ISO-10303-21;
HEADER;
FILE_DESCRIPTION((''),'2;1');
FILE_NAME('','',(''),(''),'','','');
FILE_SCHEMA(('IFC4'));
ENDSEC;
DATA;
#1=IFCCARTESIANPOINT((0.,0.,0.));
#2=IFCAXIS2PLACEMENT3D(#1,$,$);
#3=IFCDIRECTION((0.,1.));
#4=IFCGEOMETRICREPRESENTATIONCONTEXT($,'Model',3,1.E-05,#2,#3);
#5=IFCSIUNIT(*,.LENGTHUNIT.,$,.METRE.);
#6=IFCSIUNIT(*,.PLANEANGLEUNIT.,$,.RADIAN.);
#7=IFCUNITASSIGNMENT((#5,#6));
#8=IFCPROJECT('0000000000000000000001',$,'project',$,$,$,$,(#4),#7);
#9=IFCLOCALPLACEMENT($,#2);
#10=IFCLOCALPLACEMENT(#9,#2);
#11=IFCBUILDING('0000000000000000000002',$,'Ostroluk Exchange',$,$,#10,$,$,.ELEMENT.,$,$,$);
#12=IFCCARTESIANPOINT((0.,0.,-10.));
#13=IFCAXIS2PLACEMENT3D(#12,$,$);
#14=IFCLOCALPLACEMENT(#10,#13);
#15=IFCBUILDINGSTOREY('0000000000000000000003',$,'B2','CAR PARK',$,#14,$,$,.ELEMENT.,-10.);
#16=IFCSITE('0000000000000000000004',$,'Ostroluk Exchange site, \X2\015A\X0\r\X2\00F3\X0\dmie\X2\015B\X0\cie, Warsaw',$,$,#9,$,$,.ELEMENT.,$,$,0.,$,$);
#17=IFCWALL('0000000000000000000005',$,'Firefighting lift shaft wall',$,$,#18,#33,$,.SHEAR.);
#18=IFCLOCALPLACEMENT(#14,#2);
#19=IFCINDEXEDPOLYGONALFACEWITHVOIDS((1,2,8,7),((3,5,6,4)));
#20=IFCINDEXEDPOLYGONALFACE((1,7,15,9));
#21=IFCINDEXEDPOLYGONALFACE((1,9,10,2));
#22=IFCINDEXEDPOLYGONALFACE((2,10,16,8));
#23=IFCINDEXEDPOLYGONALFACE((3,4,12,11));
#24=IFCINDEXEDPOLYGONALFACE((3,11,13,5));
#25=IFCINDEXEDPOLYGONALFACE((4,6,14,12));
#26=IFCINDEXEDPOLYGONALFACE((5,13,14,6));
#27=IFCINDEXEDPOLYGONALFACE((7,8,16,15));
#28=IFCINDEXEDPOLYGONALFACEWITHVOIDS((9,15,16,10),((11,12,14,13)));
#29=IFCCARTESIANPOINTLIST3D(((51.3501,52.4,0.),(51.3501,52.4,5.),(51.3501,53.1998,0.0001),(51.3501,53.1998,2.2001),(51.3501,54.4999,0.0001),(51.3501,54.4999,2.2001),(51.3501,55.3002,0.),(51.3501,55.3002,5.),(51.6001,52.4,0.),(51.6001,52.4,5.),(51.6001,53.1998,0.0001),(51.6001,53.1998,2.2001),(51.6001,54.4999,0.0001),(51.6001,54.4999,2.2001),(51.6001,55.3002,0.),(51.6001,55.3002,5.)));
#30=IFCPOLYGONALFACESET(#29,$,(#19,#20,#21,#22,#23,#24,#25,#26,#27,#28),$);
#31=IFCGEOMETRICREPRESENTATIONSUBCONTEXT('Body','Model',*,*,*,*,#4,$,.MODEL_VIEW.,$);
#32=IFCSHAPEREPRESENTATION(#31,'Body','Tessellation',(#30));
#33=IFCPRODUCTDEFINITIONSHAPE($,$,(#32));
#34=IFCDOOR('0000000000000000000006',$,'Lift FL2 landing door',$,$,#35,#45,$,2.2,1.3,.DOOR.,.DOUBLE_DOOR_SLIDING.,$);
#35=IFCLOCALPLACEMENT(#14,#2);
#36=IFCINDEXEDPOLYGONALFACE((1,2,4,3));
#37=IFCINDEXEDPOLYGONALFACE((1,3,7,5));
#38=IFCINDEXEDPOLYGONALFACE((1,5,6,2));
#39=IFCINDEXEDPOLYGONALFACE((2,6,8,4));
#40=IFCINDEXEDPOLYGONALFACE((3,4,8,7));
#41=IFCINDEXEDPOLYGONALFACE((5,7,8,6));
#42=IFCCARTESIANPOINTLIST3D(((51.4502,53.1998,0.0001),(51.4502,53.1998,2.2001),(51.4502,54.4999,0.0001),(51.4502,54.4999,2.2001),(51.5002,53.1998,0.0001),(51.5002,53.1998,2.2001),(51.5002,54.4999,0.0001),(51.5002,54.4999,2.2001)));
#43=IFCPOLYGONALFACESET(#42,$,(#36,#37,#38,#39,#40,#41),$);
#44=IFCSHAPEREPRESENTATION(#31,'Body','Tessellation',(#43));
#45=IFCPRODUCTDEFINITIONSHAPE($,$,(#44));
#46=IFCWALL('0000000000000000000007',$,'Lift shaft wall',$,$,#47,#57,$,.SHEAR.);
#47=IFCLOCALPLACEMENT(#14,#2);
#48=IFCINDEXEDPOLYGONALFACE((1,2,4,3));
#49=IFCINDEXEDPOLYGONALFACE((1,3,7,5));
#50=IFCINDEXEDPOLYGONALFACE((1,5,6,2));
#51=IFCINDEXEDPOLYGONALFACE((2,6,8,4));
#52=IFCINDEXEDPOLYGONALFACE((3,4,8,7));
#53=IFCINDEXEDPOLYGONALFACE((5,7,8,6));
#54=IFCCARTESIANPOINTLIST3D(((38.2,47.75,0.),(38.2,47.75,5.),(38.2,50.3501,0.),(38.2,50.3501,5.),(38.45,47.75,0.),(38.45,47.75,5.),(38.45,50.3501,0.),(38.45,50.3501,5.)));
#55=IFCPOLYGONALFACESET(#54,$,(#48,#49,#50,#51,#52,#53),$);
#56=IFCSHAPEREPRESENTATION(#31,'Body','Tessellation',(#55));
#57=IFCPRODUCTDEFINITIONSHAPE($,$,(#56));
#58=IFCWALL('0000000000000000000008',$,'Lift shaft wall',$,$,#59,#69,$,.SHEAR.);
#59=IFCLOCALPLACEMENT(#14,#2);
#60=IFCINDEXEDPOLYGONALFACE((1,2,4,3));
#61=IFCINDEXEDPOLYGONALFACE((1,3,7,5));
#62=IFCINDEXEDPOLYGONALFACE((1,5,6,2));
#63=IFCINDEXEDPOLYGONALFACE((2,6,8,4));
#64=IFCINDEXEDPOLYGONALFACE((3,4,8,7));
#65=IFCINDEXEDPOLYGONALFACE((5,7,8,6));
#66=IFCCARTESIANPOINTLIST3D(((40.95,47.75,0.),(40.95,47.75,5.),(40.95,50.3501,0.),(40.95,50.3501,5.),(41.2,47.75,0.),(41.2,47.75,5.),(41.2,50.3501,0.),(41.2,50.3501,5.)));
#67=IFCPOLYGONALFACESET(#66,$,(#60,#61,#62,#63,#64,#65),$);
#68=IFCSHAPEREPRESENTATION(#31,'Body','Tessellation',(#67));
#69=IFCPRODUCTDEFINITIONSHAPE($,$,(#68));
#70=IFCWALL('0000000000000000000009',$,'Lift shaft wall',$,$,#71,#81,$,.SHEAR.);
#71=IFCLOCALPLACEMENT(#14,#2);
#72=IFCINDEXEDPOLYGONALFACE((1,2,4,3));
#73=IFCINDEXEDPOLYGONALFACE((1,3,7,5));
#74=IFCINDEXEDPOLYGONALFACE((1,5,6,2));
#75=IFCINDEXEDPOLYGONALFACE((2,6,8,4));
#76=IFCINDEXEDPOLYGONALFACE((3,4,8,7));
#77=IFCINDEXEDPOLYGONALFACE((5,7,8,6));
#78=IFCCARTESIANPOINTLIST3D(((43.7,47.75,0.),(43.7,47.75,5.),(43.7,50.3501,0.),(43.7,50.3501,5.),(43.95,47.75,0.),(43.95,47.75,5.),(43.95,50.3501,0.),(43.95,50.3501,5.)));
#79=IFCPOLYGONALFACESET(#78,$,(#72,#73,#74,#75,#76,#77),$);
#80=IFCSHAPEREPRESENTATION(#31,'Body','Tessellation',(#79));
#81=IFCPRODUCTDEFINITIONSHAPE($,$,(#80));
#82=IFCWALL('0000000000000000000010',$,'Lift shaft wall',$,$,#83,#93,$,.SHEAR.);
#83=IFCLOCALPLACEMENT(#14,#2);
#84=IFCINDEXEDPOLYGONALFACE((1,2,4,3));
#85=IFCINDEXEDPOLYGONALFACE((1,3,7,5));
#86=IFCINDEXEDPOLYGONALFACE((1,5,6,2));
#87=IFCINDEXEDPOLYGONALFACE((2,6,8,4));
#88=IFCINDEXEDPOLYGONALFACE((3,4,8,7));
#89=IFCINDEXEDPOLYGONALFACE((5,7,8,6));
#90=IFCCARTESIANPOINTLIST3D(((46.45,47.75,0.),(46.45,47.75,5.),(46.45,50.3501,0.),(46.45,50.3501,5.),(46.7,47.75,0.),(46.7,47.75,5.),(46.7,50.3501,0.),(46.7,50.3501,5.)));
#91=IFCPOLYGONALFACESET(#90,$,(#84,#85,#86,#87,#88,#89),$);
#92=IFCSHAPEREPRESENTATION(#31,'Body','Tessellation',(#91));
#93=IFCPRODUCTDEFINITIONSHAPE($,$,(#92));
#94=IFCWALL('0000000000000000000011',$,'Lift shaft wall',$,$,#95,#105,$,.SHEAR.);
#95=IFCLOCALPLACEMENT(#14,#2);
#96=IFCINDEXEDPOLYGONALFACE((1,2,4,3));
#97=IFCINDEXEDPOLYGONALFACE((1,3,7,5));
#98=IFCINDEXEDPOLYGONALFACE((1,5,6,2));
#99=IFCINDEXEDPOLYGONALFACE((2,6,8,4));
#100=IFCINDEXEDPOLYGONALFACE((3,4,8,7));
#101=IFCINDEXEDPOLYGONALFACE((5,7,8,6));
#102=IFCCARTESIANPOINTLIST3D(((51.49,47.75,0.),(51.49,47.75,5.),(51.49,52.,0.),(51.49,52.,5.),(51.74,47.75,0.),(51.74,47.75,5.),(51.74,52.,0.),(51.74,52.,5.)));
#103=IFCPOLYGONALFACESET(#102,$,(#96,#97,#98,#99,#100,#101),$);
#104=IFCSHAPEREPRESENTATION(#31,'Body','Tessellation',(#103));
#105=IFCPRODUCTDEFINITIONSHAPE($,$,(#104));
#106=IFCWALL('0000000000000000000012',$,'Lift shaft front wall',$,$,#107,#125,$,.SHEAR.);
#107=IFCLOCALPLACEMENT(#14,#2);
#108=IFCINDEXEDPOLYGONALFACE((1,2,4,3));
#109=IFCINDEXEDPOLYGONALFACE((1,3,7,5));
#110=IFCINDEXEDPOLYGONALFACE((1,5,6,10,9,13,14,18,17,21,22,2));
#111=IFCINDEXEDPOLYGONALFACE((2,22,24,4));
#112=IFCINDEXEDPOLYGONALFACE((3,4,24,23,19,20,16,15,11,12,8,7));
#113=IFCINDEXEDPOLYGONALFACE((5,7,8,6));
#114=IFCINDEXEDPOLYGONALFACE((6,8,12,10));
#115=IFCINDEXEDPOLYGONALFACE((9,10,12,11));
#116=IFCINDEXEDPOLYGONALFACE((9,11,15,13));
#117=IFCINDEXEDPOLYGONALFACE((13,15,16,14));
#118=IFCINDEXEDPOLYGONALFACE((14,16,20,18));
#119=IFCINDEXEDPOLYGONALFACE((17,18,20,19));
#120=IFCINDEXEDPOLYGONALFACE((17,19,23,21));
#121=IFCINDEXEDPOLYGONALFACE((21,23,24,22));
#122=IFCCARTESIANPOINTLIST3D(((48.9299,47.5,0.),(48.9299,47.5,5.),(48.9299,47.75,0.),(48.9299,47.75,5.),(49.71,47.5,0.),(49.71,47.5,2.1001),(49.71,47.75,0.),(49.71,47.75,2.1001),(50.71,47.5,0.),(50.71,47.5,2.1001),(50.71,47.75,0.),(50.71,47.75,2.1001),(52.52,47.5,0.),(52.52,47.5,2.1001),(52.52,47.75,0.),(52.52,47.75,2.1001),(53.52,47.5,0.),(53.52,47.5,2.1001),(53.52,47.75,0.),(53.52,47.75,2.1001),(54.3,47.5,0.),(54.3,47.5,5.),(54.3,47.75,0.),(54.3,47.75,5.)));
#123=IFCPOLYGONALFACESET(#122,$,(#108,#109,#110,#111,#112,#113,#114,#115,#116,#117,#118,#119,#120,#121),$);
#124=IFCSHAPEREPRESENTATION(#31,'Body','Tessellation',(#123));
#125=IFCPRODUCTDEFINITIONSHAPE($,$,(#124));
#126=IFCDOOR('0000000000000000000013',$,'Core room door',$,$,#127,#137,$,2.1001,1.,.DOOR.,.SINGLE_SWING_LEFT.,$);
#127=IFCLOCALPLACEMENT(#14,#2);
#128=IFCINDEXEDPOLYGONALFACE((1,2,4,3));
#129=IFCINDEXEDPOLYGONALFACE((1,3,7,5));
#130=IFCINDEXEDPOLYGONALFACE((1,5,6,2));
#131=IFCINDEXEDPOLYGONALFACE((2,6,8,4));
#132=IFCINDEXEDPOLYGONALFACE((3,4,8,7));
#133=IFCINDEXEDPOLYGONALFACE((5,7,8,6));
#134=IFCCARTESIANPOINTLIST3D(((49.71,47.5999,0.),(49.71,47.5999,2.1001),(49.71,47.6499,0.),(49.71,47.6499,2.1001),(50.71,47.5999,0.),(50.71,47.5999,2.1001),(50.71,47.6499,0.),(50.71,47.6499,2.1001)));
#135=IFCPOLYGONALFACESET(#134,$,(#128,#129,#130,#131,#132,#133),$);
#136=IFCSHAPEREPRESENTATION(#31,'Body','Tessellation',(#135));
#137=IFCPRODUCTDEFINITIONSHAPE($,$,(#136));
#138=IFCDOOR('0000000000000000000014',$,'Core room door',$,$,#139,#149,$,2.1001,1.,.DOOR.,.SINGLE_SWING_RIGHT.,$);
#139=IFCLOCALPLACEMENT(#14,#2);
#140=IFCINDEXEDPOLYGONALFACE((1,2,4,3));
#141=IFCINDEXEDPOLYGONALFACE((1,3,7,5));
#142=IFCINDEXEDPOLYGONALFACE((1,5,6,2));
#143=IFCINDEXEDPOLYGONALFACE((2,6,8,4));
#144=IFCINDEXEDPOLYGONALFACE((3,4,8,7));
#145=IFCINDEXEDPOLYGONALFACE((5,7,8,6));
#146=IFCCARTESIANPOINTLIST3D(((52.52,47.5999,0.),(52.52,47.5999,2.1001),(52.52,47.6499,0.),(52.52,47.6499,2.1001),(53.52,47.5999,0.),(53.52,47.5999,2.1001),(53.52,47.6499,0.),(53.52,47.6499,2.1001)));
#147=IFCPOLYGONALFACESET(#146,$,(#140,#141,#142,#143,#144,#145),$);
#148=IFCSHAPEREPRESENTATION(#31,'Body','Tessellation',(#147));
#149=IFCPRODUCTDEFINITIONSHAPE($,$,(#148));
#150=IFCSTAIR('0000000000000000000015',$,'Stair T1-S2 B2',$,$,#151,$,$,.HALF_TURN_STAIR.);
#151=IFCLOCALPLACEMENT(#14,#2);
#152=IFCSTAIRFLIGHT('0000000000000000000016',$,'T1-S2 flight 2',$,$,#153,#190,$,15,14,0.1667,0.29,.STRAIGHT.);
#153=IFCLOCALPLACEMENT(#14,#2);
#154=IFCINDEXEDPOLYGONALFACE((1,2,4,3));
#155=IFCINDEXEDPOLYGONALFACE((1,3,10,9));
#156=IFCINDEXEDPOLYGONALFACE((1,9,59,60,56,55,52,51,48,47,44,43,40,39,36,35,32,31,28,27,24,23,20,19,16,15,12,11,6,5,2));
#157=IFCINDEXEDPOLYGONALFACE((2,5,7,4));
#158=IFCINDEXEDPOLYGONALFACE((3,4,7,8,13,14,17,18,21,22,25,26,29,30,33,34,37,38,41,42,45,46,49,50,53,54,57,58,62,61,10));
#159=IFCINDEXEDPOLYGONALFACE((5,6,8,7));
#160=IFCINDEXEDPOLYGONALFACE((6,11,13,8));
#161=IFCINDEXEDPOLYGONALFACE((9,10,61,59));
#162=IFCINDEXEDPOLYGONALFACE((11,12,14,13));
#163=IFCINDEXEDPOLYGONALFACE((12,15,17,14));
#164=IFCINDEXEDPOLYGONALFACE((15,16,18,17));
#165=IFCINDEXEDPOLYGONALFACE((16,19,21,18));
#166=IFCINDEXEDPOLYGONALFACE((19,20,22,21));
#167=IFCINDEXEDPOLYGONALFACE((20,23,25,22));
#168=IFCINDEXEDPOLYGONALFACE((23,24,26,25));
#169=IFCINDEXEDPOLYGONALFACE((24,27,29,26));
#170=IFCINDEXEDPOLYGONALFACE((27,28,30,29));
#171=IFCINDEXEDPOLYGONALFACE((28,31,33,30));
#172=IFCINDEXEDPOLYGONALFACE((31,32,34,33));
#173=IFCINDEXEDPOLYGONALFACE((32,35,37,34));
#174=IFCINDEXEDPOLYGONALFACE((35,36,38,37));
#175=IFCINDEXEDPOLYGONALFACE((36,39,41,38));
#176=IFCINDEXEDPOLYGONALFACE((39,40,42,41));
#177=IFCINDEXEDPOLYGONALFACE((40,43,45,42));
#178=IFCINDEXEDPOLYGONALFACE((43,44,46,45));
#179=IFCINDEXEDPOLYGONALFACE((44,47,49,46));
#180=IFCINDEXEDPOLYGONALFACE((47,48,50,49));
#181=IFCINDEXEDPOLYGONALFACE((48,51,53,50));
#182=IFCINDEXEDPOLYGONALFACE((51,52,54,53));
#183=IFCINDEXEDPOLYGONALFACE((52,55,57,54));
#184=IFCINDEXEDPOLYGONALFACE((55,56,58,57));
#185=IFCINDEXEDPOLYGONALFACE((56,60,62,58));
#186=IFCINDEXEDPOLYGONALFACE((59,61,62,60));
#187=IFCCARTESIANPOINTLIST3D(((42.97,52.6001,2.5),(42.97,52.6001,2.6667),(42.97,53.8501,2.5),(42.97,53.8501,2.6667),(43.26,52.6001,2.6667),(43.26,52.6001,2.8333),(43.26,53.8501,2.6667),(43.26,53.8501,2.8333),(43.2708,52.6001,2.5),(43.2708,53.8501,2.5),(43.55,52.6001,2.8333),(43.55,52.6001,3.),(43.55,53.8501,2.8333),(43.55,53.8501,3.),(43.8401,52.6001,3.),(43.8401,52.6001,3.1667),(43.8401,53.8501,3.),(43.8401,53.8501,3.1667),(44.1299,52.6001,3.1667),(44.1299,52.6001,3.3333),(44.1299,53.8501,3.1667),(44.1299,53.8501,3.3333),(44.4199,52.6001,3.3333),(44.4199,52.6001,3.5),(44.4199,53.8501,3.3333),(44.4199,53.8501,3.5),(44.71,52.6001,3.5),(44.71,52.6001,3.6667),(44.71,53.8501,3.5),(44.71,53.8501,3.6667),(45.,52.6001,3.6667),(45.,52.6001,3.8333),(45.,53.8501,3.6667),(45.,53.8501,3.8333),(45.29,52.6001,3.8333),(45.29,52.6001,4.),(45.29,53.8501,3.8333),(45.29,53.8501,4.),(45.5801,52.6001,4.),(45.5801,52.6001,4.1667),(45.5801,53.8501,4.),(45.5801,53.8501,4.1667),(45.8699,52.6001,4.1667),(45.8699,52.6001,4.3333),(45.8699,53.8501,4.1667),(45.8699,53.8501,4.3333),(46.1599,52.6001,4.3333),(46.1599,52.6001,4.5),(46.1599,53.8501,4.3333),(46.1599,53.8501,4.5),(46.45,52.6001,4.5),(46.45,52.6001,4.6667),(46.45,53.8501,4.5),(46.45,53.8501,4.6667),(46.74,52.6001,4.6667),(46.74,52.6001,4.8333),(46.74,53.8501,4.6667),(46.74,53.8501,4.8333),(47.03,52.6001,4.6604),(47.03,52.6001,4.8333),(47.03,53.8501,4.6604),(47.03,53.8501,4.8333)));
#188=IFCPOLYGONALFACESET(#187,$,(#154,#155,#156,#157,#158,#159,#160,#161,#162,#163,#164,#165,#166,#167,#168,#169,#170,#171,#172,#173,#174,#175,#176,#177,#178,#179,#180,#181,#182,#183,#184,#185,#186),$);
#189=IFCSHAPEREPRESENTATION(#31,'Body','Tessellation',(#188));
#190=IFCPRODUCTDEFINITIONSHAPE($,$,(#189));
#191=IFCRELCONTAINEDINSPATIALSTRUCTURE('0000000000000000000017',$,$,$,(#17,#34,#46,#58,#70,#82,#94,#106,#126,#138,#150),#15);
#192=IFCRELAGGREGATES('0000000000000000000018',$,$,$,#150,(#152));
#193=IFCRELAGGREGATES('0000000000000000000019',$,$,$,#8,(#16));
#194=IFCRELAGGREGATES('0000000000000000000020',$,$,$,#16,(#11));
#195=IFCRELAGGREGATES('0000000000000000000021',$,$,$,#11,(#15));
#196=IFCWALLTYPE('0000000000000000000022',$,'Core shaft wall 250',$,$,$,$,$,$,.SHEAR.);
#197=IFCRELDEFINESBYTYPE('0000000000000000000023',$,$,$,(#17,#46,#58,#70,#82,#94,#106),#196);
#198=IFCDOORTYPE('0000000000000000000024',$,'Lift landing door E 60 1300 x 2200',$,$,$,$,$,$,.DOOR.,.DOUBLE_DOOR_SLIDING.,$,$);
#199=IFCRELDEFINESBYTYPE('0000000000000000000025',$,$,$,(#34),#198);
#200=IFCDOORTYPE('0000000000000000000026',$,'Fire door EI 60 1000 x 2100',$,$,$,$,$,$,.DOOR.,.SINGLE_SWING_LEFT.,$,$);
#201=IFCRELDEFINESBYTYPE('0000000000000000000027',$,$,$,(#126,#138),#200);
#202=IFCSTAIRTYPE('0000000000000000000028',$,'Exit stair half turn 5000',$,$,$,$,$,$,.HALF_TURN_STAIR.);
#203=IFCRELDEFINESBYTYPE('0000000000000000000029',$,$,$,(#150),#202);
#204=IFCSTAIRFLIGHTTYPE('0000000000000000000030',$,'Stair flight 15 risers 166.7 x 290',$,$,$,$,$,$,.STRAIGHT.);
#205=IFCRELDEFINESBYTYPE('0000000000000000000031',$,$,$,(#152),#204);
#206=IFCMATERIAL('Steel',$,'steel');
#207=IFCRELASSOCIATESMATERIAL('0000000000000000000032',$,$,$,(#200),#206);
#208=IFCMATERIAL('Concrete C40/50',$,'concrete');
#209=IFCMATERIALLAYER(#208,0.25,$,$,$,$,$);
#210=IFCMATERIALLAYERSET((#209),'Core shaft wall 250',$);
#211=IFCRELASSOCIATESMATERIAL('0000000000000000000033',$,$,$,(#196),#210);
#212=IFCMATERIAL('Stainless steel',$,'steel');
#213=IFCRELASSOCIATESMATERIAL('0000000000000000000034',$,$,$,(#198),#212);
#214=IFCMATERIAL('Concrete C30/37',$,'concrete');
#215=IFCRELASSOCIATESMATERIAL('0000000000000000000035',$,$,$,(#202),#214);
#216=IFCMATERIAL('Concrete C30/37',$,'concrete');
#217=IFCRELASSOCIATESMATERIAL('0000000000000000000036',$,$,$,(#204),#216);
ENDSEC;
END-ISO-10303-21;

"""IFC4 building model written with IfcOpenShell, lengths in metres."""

from ifc_helpers import new_model, si_unit, direction, frame, frame_2d, origin, place, context, subcontext, project, spatial, polyline, rectangle, outline, extrude, material, layer, layer_set, type_object, element, fill, aggregate, save


model = new_model("IFC4")

# Units and contexts
model_context = context("Model", 3, precision=1e-05, world=origin(), true_north=direction((0.0, 1.0)))
body_context = subcontext(model_context, "Body", "Model", "MODEL_VIEW")
ifc_project = project(units=[si_unit("LENGTHUNIT", "METRE"), si_unit("PLANEANGLEUNIT", "RADIAN")], contexts=[model_context])

# Site, building, storey
site_placement = place(None, origin())
site = spatial("IfcSite", under=ifc_project, at=site_placement, Name="Ostroluk Exchange site, Śródmieście, Warsaw", CompositionType="ELEMENT", RefElevation=0.0)
building_placement = place(site_placement, origin())
building = spatial("IfcBuilding", under=site, at=building_placement, Name="Ostroluk Exchange", CompositionType="ELEMENT")
storey_placement = place(building_placement, frame((0.0, 0.0, -10.0)))
storey = spatial("IfcBuildingStorey", under=building, at=storey_placement, Name="B2", Description="CAR PARK", CompositionType="ELEMENT", Elevation=-10.0)

# Shared definitions
ifc_material_1 = material(Name="Steel", Category="steel")
door_type_1 = type_object("IfcDoorType", Name="Fire door EI 60 1000 x 2100", OperationType="SINGLE_SWING_LEFT", PredefinedType="DOOR", material=ifc_material_1)

# Shared definitions
ifc_material_2 = material(Name="Concrete C40/50", Category="concrete")
ifc_layer_1 = layer(ifc_material_2, 0.25)
ifc_layer_set_1 = layer_set([ifc_layer_1], Name="Core shaft wall 250")
wall_type_1 = type_object("IfcWallType", Name="Core shaft wall 250", PredefinedType="SHEAR", material=ifc_layer_set_1)

# Wall, opening, door
wall_1_placement = place(storey_placement, frame((51.4751, 52.3999, 0.0), z_axis=(0.0, 0.0, 1.0), x_axis=(0.0, 1.0, 0.0)))
wall_1 = element("IfcWall", 1, at=wall_1_placement, inside=storey, type_object=wall_type_1, Name="Firefighting lift shaft wall", PredefinedType="SHEAR", context=body_context, shape_type="SweptSolid", body=[
    extrude(rectangle(XDim=2.9001, YDim=0.25, at=frame_2d((1.4502, 0.0))), origin(), (0.0, 0.0, 1.0), 5.0),
])
opening_1_placement = place(wall_1_placement, frame((0.8, 0.0, 0.0)))
opening_1 = element("IfcOpeningElement", 2, at=opening_1_placement, cuts=wall_1, PredefinedType="OPENING", context=body_context, shape_type="SweptSolid", body=[
    extrude(rectangle(XDim=1.3, YDim=2.2, at=frame_2d((0.6499, 1.1001))), frame((0.0, 0.135, 0.0), z_axis=(0.0, -1.0, 0.0), x_axis=(1.0, 0.0, 0.0)), (0.0, 0.0, 1.0), 0.27),
])
ifc_material_3 = material(Name="Stainless steel", Category="steel")
door_type_2 = type_object("IfcDoorType", Name="Lift landing door E 60 1300 x 2200", OperationType="DOUBLE_DOOR_SLIDING", PredefinedType="DOOR", material=ifc_material_3)
door_1_placement = place(opening_1_placement, origin())
door_1 = element("IfcDoor", 3, at=door_1_placement, inside=storey, type_object=door_type_2, Name="Lift FL2 landing door", OperationType="DOUBLE_DOOR_SLIDING", OverallHeight=2.2, OverallWidth=1.3, PredefinedType="DOOR", context=body_context, shape_type="SweptSolid", body=[
    extrude(rectangle(XDim=1.3, YDim=2.2, at=frame_2d((0.6499, 1.1001))), frame((0.0, 0.0249, 0.0), z_axis=(0.0, -1.0, 0.0), x_axis=(1.0, 0.0, 0.0)), (0.0, 0.0, 1.0), 0.05),
])
fill(opening_1, door_1)

# Walls
for number, where, z_axis, x_axis, name in (
    (4, (38.325, 47.75, 0.0), (0.0, 0.0, 1.0), (0.0, 1.0, 0.0), "Lift shaft wall"),
    (5, (41.075, 47.75, 0.0), (0.0, 0.0, 1.0), (0.0, 1.0, 0.0), "Lift shaft wall"),
    (6, (43.825, 47.75, 0.0), (0.0, 0.0, 1.0), (0.0, 1.0, 0.0), "Lift shaft wall"),
    (7, (46.575, 47.75, 0.0), (0.0, 0.0, 1.0), (0.0, 1.0, 0.0), "Lift shaft wall"),
):
    element("IfcWall", number, at=place(storey_placement, frame(where, z_axis=z_axis, x_axis=x_axis)), inside=storey, type_object=wall_type_1, Name=name, PredefinedType="SHEAR", context=body_context, shape_type="SweptSolid", body=[
        extrude(rectangle(XDim=2.6001, YDim=0.25, at=frame_2d((1.3, 0.0))), origin(), (0.0, 0.0, 1.0), 5.0),
    ])
wall_2_placement = place(storey_placement, frame((51.615, 47.75, 0.0), z_axis=(0.0, 0.0, 1.0), x_axis=(0.0, 1.0, 0.0)))
element("IfcWall", 8, at=wall_2_placement, inside=storey, type_object=wall_type_1, Name="Lift shaft wall", PredefinedType="SHEAR", context=body_context, shape_type="SweptSolid", body=[
    extrude(rectangle(XDim=4.25, YDim=0.25, at=frame_2d((2.125, 0.0))), origin(), (0.0, 0.0, 1.0), 5.0),
])

# Wall, openings, doors
wall_3_placement = place(storey_placement, frame((48.9299, 47.625, 0.0), z_axis=(0.0, 0.0, 1.0), x_axis=(1.0, 0.0, 0.0)))
wall_3 = element("IfcWall", 9, at=wall_3_placement, inside=storey, type_object=wall_type_1, Name="Lift shaft front wall", PredefinedType="SHEAR", context=body_context, shape_type="SweptSolid", body=[
    extrude(rectangle(XDim=5.3701, YDim=0.25, at=frame_2d((2.6851, 0.0))), origin(), (0.0, 0.0, 1.0), 5.0),
])
opening_2_placement = place(wall_3_placement, frame((0.78, 0.0, 0.0)))
opening_2 = element("IfcOpeningElement", 10, at=opening_2_placement, cuts=wall_3, PredefinedType="OPENING", context=body_context, shape_type="SweptSolid", body=[
    extrude(rectangle(XDim=1.0, YDim=2.1001, at=frame_2d((0.5, 1.05))), frame((0.0, 0.135, 0.0), z_axis=(0.0, -1.0, 0.0), x_axis=(1.0, 0.0, 0.0)), (0.0, 0.0, 1.0), 0.27),
])
opening_3_placement = place(wall_3_placement, frame((3.5901, 0.0, 0.0)))
opening_3 = element("IfcOpeningElement", 11, at=opening_3_placement, cuts=wall_3, PredefinedType="OPENING", context=body_context, shape_type="SweptSolid", body=[
    extrude(rectangle(XDim=1.0, YDim=2.1001, at=frame_2d((0.5, 1.05))), frame((0.0, 0.135, 0.0), z_axis=(0.0, -1.0, 0.0), x_axis=(1.0, 0.0, 0.0)), (0.0, 0.0, 1.0), 0.27),
])
door_2_placement = place(opening_2_placement, origin())
door_2 = element("IfcDoor", 12, at=door_2_placement, inside=storey, type_object=door_type_1, Name="Core room door", OperationType="SINGLE_SWING_LEFT", OverallHeight=2.1001, OverallWidth=1.0, PredefinedType="DOOR", context=body_context, shape_type="SweptSolid", body=[
    extrude(rectangle(XDim=1.0, YDim=2.1001, at=frame_2d((0.5, 1.05))), frame((0.0, 0.0249, 0.0), z_axis=(0.0, -1.0, 0.0), x_axis=(1.0, 0.0, 0.0)), (0.0, 0.0, 1.0), 0.05),
])
fill(opening_2, door_2)
door_3_placement = place(opening_3_placement, origin())
door_3 = element("IfcDoor", 13, at=door_3_placement, inside=storey, type_object=door_type_1, Name="Core room door", OperationType="SINGLE_SWING_RIGHT", OverallHeight=2.1001, OverallWidth=1.0, PredefinedType="DOOR", context=body_context, shape_type="SweptSolid", body=[
    extrude(rectangle(XDim=1.0, YDim=2.1001, at=frame_2d((0.5, 1.05))), frame((0.0, 0.0249, 0.0), z_axis=(0.0, -1.0, 0.0), x_axis=(1.0, 0.0, 0.0)), (0.0, 0.0, 1.0), 0.05),
])
fill(opening_3, door_3)

# Stair, stair flight
ifc_material_4 = material(Name="Concrete C30/37", Category="concrete")
stair_type = type_object("IfcStairType", Name="Exit stair half turn 5000", PredefinedType="HALF_TURN_STAIR", material=ifc_material_4)
stair_placement = place(storey_placement, origin())
stair = element("IfcStair", 14, at=stair_placement, inside=storey, type_object=stair_type, Name="Stair T1-S2 B2", PredefinedType="HALF_TURN_STAIR")
ifc_material_5 = material(Name="Concrete C30/37", Category="concrete")
stair_flight_type = type_object("IfcStairFlightType", Name="Stair flight 15 risers 166.7 x 290", PredefinedType="STRAIGHT", material=ifc_material_5)
stair_flight_placement = place(storey_placement, frame((42.97, 53.2251, 2.5), z_axis=(0.0, 0.0, 1.0), x_axis=(1.0, 0.0, 0.0)))
stair_flight = element("IfcStairFlight", 15, at=stair_flight_placement, type_object=stair_flight_type, Name="T1-S2 flight 2", NumberOfRisers=15, NumberOfTreads=14, PredefinedType="STRAIGHT", RiserHeight=0.1667, TreadLength=0.29, context=body_context, shape_type="SweptSolid", body=[
    extrude(outline(polyline([(0.0, 0.0), (0.0, 0.1667), (0.29, 0.1667), (0.29, 0.3333), (0.5801, 0.3333), (0.5801, 0.5), (0.8701, 0.5), (0.8701, 0.6667), (1.1599, 0.6667), (1.1599, 0.8333), (1.45, 0.8333), (1.45, 1.0), (1.74, 1.0), (1.74, 1.1667), (2.03, 1.1667), (2.03, 1.3333), (2.3201, 1.3333), (2.3201, 1.5), (2.6101, 1.5), (2.6101, 1.6667), (2.8999, 1.6667), (2.8999, 1.8333), (3.1899, 1.8333), (3.1899, 2.0), (3.48, 2.0), (3.48, 2.1667), (3.77, 2.1667), (3.77, 2.3333), (4.0601, 2.3333), (4.0601, 2.5), (4.0601, 2.1604), (0.3008, 0.0), (0.0, 0.0)])), frame((0.0, 0.625, 0.0), z_axis=(0.0, -1.0, 0.0), x_axis=(1.0, 0.0, 0.0)), (0.0, 0.0, 1.0), 1.25),
])
aggregate(stair, [stair_flight])

save(model, "model.ifc")
